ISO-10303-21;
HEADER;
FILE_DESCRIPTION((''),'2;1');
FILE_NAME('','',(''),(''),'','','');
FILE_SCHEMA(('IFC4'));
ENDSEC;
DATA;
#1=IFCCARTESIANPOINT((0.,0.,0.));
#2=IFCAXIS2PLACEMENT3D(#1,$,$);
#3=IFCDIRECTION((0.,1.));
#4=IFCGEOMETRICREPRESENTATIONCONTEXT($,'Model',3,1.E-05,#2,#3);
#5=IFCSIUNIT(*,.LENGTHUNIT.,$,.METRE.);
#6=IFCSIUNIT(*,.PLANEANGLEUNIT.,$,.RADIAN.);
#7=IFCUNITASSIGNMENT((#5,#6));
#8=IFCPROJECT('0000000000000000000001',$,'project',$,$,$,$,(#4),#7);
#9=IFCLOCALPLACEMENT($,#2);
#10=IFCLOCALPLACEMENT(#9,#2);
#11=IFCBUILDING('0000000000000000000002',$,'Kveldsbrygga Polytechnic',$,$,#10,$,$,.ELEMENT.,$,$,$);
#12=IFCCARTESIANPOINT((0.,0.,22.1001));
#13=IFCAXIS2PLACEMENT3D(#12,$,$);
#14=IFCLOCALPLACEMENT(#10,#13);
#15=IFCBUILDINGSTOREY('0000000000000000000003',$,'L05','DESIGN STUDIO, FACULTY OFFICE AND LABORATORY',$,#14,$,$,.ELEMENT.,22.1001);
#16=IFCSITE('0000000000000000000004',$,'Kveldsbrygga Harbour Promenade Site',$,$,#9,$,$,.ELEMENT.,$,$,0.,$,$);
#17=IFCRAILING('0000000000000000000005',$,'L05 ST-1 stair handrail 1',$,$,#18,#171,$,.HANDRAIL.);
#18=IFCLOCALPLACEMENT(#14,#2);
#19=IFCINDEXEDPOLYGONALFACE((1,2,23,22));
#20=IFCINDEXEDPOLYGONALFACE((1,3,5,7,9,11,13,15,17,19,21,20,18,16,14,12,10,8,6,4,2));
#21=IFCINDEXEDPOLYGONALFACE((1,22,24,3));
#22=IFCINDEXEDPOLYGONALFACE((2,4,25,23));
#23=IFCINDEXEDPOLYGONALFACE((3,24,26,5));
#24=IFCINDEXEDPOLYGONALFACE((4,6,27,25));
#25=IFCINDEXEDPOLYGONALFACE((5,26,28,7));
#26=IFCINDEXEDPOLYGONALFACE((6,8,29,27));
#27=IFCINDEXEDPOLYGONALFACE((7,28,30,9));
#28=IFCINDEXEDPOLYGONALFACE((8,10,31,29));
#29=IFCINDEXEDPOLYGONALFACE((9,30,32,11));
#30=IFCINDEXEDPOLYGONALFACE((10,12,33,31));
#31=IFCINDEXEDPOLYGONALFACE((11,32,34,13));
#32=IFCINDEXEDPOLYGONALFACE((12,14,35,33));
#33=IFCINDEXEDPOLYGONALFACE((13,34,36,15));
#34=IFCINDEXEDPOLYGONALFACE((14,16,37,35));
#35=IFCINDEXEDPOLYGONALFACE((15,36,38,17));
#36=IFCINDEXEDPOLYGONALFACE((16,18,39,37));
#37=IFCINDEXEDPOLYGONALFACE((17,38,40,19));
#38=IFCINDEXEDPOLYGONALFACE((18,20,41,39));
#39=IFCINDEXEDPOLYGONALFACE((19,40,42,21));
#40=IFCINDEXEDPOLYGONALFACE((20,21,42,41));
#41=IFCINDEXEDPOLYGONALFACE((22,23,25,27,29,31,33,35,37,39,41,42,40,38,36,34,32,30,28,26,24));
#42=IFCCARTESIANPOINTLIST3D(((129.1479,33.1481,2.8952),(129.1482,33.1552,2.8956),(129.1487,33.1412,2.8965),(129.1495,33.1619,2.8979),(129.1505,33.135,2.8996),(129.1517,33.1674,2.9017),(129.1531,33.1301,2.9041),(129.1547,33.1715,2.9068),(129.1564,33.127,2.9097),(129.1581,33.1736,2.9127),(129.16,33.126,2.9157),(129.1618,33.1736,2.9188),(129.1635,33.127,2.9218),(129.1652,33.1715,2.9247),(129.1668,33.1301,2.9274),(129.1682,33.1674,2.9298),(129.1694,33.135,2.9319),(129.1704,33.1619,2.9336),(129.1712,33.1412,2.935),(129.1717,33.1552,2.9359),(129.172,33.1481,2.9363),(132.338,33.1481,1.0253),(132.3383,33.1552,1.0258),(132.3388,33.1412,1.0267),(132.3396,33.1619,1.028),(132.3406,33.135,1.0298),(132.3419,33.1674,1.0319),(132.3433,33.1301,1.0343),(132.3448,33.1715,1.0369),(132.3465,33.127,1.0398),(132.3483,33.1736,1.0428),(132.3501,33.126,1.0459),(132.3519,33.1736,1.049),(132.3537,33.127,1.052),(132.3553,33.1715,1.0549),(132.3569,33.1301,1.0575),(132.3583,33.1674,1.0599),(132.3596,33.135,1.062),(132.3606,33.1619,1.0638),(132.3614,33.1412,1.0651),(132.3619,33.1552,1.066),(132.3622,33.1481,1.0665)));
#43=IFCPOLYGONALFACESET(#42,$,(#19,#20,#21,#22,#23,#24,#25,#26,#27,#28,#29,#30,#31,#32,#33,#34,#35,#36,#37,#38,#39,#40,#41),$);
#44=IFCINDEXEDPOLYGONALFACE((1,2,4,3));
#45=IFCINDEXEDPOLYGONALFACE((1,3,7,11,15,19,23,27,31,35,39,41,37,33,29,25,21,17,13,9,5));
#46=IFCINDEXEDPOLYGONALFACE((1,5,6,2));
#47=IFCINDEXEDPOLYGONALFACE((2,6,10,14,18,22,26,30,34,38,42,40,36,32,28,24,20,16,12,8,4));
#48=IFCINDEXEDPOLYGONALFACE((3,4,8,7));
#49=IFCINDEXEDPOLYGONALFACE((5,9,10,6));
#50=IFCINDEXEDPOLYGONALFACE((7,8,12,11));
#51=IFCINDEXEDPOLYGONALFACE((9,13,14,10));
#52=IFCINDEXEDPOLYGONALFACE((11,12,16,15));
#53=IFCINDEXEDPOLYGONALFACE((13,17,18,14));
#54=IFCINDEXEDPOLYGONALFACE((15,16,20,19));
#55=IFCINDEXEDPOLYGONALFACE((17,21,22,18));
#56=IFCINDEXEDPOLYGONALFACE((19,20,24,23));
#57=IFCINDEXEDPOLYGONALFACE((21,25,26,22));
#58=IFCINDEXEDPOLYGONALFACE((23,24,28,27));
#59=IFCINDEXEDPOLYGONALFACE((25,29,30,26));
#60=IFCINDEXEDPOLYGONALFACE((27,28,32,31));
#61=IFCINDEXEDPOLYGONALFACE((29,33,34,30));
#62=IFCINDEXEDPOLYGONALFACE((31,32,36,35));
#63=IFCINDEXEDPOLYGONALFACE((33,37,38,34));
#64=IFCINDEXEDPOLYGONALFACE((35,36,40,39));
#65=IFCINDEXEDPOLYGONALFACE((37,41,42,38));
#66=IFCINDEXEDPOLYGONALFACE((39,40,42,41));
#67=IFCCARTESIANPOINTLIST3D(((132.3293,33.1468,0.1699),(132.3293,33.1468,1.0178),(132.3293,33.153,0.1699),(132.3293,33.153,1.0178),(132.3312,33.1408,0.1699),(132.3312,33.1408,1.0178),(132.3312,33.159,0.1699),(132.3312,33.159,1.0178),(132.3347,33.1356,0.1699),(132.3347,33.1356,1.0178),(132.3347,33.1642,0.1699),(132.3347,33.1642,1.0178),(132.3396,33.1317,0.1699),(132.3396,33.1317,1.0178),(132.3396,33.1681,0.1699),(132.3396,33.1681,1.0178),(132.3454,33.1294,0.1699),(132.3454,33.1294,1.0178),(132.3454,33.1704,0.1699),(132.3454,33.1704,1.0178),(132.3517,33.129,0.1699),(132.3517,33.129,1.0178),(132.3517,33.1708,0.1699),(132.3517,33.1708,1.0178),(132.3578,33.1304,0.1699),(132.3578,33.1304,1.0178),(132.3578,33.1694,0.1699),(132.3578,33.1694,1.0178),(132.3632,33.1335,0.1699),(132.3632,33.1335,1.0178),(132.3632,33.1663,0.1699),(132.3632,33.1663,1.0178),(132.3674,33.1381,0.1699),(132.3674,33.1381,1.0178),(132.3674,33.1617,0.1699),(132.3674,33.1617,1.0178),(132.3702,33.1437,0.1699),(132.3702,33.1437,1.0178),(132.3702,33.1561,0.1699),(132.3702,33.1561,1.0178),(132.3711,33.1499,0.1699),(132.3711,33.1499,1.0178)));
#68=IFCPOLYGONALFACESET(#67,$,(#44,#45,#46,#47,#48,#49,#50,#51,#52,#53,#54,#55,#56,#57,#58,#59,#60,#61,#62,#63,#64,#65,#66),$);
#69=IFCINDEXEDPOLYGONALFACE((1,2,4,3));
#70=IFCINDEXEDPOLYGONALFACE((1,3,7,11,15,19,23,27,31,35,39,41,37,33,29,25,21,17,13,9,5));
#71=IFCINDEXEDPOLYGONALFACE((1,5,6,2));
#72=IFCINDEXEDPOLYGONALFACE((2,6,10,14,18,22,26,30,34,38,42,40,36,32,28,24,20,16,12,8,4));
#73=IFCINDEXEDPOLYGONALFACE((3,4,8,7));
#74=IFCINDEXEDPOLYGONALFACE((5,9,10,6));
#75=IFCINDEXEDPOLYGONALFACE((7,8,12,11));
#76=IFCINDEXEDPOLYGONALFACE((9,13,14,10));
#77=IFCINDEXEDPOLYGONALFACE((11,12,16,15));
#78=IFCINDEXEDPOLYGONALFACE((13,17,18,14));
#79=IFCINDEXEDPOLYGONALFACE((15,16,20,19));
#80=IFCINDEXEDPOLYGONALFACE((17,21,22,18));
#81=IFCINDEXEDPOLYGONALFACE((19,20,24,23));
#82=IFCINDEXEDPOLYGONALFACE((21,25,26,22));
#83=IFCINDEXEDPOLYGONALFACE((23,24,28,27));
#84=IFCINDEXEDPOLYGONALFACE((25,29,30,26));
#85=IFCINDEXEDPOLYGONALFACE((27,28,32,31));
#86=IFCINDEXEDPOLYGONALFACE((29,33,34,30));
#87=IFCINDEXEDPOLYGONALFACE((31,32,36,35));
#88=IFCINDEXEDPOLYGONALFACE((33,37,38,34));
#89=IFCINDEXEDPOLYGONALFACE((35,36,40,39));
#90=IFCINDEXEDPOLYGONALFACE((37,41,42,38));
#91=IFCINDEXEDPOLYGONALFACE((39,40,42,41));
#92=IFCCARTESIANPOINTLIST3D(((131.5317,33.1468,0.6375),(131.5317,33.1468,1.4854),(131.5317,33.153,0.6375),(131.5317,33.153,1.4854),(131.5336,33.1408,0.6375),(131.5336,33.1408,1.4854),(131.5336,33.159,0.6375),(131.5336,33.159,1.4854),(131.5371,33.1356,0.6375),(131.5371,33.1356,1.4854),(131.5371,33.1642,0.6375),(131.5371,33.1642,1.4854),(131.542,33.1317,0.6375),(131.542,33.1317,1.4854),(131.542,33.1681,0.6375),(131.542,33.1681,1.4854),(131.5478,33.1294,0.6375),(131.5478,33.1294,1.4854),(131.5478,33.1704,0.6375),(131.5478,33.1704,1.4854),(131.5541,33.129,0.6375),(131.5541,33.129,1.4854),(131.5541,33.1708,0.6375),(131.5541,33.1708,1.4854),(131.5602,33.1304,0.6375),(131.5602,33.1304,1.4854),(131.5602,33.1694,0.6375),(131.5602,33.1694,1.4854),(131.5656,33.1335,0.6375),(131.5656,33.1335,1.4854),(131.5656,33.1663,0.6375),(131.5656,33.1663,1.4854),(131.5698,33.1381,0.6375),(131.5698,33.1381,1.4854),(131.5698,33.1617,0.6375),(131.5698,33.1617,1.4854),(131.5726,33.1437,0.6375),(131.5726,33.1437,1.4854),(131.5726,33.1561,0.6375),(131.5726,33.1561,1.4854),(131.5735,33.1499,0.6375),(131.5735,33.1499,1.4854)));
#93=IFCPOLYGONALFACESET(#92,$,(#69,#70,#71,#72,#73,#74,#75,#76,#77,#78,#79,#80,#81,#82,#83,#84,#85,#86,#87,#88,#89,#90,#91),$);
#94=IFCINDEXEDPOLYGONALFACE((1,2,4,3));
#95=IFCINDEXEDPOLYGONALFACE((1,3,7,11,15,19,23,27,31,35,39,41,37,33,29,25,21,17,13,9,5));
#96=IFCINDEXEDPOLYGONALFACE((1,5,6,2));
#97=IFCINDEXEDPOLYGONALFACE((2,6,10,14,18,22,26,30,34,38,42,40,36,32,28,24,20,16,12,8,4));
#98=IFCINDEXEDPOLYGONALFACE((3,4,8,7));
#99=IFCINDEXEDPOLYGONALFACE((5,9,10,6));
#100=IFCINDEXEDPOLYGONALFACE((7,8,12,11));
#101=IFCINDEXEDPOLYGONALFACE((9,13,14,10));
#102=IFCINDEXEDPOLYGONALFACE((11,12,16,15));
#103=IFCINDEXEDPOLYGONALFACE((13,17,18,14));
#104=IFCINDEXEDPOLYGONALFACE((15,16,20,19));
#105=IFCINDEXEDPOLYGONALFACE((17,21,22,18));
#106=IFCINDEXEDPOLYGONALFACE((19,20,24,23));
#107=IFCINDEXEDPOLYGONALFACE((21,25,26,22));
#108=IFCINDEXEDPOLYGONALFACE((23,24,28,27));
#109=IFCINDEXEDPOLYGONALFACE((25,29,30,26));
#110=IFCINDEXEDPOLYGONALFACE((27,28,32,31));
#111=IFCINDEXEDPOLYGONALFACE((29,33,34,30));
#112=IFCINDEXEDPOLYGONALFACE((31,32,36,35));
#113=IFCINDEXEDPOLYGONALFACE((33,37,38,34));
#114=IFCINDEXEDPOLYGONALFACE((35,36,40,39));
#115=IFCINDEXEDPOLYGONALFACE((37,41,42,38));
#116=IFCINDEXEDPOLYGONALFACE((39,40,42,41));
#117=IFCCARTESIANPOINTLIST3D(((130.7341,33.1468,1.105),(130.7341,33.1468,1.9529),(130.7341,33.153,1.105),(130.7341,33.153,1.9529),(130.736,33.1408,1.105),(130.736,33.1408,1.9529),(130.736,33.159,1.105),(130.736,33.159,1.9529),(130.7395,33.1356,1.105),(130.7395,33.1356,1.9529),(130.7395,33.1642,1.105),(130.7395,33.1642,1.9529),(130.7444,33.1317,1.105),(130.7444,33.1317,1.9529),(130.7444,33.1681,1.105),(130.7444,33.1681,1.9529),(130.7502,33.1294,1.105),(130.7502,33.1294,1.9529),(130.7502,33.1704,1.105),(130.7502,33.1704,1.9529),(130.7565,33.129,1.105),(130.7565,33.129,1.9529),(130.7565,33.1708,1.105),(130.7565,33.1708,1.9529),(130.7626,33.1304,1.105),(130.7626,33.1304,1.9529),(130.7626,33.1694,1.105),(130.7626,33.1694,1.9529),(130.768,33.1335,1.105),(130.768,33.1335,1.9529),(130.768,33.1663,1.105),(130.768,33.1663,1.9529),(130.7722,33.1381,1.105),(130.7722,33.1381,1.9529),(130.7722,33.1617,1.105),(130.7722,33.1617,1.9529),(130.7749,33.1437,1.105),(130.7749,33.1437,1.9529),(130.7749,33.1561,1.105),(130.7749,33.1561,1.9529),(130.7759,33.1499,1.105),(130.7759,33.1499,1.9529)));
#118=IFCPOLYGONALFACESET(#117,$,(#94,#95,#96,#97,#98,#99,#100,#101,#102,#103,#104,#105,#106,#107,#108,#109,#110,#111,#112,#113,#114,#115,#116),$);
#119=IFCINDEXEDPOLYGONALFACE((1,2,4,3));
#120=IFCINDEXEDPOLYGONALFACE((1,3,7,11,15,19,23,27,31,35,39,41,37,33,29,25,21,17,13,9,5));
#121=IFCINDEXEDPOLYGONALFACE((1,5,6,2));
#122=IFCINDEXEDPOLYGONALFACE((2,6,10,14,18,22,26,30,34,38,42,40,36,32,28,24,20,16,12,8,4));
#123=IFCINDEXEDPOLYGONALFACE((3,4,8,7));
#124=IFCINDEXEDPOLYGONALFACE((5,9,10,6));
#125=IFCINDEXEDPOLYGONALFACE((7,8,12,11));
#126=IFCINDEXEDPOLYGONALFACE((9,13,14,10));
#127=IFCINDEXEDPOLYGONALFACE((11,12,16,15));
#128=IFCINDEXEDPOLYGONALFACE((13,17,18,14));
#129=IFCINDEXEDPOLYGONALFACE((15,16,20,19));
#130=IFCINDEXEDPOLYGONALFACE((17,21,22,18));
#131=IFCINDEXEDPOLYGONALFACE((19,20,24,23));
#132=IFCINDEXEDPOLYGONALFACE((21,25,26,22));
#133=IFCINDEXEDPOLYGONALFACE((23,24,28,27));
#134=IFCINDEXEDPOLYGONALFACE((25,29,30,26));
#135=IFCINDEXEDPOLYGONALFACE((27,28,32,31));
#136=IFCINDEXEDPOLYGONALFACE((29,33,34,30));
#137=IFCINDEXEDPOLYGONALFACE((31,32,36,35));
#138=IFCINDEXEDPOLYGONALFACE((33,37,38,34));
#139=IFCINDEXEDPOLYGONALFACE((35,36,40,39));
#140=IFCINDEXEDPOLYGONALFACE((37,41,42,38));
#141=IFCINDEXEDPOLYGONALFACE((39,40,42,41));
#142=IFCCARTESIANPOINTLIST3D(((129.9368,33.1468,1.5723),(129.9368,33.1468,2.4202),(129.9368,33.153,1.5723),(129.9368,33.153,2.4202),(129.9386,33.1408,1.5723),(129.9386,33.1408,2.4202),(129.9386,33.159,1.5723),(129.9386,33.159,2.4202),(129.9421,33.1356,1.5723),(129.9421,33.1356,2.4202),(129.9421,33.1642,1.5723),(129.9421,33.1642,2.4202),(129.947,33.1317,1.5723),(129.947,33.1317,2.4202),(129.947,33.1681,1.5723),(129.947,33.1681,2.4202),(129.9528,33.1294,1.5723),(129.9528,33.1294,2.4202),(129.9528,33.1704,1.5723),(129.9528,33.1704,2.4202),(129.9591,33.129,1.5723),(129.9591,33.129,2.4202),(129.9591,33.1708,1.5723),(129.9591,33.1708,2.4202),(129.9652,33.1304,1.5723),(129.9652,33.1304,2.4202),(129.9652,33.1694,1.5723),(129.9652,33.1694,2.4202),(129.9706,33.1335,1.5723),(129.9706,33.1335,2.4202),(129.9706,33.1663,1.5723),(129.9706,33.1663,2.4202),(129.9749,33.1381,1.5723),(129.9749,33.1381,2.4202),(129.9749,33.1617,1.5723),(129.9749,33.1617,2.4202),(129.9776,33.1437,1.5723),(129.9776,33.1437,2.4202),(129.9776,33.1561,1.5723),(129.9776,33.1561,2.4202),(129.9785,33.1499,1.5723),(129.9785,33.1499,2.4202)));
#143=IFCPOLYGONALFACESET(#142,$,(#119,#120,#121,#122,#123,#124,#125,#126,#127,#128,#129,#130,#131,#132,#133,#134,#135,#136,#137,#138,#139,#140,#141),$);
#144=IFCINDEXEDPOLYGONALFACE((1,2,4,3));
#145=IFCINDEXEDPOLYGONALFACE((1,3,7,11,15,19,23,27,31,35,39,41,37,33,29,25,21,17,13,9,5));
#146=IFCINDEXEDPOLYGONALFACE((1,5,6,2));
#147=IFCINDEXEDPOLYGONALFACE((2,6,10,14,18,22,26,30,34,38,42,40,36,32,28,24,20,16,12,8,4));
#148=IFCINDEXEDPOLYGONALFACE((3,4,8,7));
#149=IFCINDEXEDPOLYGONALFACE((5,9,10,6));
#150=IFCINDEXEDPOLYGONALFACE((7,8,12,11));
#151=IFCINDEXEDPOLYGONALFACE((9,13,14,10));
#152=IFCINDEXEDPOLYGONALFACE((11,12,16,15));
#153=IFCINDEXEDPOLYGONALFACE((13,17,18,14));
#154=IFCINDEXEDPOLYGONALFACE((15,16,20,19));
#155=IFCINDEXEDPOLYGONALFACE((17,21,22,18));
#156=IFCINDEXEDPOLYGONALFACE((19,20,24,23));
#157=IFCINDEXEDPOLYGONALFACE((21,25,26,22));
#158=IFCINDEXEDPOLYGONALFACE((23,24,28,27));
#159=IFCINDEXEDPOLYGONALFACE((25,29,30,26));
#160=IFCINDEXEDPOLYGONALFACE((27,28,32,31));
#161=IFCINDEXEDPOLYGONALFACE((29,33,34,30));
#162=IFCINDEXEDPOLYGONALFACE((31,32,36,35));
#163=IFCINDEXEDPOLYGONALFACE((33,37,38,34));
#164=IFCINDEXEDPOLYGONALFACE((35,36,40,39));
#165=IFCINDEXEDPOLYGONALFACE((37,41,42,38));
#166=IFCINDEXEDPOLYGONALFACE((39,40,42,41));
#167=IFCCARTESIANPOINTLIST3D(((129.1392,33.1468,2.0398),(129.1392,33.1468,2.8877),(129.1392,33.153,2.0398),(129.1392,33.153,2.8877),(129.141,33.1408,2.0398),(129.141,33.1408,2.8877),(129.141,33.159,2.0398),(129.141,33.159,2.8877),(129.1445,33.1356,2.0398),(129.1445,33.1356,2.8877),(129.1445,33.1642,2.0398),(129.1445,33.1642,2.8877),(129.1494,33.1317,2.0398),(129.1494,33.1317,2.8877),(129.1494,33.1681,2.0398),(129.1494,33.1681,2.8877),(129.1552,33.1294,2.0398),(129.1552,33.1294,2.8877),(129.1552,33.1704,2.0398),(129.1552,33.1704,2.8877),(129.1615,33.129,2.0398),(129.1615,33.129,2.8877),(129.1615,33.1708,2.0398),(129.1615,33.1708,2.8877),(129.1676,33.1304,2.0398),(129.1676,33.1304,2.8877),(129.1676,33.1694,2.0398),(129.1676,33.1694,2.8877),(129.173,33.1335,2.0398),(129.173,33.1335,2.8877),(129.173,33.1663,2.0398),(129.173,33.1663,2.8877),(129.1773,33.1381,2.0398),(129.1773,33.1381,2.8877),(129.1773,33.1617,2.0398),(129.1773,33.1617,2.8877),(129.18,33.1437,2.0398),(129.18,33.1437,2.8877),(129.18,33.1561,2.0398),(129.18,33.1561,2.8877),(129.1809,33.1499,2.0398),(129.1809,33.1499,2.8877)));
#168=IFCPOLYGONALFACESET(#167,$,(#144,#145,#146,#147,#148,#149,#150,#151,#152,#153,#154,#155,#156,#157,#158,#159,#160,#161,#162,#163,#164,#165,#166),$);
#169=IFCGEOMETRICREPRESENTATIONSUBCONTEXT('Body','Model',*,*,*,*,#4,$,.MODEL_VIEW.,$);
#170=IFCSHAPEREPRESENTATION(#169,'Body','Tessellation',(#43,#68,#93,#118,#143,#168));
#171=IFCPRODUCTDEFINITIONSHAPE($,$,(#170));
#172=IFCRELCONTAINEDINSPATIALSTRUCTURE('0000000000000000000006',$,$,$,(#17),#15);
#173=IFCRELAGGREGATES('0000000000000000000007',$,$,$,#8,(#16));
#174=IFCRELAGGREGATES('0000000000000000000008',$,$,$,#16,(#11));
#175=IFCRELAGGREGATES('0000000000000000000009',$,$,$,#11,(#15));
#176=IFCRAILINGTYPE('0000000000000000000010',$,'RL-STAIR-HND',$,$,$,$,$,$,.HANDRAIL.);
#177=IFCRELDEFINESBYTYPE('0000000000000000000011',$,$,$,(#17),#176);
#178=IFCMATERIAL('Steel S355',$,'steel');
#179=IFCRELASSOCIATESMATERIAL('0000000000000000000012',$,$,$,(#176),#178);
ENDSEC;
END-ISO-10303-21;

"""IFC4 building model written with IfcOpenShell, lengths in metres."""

from ifc_helpers import new_model, si_unit, direction, frame, origin, origin_2d, place, context, subcontext, project, spatial, circle, extrude, material, type_object, element, save


model = new_model("IFC4")

# Units and contexts
model_context = context("Model", 3, precision=1e-05, world=origin(), true_north=direction((0.0, 1.0)))
body_context = subcontext(model_context, "Body", "Model", "MODEL_VIEW")
ifc_project = project(units=[si_unit("LENGTHUNIT", "METRE"), si_unit("PLANEANGLEUNIT", "RADIAN")], contexts=[model_context])

# Site, building, storey
site_placement = place(None, origin())
site = spatial("IfcSite", under=ifc_project, at=site_placement, Name="Kveldsbrygga Harbour Promenade Site", CompositionType="ELEMENT", RefElevation=0.0)
building_placement = place(site_placement, origin())
building = spatial("IfcBuilding", under=site, at=building_placement, Name="Kveldsbrygga Polytechnic", CompositionType="ELEMENT")
storey_placement = place(building_placement, frame((0.0, 0.0, 22.1001)))
storey = spatial("IfcBuildingStorey", under=building, at=storey_placement, Name="L05", Description="DESIGN STUDIO, FACULTY OFFICE AND LABORATORY", CompositionType="ELEMENT", Elevation=22.1001)

# Railing
ifc_material_1 = material(Name="Steel S355", Category="steel")
railing_type_1 = type_object("IfcRailingType", Name="RL-STAIR-HND", PredefinedType="HANDRAIL", material=ifc_material_1)
railing_1_placement = place(storey_placement, frame((132.3501, 33.1499, 0.1699)))
element("IfcRailing", 1, at=railing_1_placement, inside=storey, type_object=railing_type_1, Name="L05 ST-1 stair handrail 1", PredefinedType="HANDRAIL", context=body_context, shape_type="SweptSolid", body=[
    extrude(circle(Radius=0.0239, at=origin_2d()), frame((0.0, 0.0, 0.876), z_axis=(-0.862726, 0.0, 0.505672), x_axis=(0.0, -1.0, 0.0)), (0.0, 0.0, 1.0), 3.6978),
    extrude(circle(Radius=0.021, at=origin_2d()), origin(), (0.0, 0.0, 1.0), 0.8479),
    extrude(circle(Radius=0.021, at=origin_2d()), frame((-0.7976, 0.0, 0.4675)), (0.0, 0.0, 1.0), 0.8479),
    extrude(circle(Radius=0.021, at=origin_2d()), frame((-1.5952, 0.0, 0.9351)), (0.0, 0.0, 1.0), 0.8479),
    extrude(circle(Radius=0.021, at=origin_2d()), frame((-2.3926, 0.0, 1.4023)), (0.0, 0.0, 1.0), 0.8479),
    extrude(circle(Radius=0.021, at=origin_2d()), frame((-3.1902, 0.0, 1.8699)), (0.0, 0.0, 1.0), 0.8479),
])

save(model, "model.ifc")
